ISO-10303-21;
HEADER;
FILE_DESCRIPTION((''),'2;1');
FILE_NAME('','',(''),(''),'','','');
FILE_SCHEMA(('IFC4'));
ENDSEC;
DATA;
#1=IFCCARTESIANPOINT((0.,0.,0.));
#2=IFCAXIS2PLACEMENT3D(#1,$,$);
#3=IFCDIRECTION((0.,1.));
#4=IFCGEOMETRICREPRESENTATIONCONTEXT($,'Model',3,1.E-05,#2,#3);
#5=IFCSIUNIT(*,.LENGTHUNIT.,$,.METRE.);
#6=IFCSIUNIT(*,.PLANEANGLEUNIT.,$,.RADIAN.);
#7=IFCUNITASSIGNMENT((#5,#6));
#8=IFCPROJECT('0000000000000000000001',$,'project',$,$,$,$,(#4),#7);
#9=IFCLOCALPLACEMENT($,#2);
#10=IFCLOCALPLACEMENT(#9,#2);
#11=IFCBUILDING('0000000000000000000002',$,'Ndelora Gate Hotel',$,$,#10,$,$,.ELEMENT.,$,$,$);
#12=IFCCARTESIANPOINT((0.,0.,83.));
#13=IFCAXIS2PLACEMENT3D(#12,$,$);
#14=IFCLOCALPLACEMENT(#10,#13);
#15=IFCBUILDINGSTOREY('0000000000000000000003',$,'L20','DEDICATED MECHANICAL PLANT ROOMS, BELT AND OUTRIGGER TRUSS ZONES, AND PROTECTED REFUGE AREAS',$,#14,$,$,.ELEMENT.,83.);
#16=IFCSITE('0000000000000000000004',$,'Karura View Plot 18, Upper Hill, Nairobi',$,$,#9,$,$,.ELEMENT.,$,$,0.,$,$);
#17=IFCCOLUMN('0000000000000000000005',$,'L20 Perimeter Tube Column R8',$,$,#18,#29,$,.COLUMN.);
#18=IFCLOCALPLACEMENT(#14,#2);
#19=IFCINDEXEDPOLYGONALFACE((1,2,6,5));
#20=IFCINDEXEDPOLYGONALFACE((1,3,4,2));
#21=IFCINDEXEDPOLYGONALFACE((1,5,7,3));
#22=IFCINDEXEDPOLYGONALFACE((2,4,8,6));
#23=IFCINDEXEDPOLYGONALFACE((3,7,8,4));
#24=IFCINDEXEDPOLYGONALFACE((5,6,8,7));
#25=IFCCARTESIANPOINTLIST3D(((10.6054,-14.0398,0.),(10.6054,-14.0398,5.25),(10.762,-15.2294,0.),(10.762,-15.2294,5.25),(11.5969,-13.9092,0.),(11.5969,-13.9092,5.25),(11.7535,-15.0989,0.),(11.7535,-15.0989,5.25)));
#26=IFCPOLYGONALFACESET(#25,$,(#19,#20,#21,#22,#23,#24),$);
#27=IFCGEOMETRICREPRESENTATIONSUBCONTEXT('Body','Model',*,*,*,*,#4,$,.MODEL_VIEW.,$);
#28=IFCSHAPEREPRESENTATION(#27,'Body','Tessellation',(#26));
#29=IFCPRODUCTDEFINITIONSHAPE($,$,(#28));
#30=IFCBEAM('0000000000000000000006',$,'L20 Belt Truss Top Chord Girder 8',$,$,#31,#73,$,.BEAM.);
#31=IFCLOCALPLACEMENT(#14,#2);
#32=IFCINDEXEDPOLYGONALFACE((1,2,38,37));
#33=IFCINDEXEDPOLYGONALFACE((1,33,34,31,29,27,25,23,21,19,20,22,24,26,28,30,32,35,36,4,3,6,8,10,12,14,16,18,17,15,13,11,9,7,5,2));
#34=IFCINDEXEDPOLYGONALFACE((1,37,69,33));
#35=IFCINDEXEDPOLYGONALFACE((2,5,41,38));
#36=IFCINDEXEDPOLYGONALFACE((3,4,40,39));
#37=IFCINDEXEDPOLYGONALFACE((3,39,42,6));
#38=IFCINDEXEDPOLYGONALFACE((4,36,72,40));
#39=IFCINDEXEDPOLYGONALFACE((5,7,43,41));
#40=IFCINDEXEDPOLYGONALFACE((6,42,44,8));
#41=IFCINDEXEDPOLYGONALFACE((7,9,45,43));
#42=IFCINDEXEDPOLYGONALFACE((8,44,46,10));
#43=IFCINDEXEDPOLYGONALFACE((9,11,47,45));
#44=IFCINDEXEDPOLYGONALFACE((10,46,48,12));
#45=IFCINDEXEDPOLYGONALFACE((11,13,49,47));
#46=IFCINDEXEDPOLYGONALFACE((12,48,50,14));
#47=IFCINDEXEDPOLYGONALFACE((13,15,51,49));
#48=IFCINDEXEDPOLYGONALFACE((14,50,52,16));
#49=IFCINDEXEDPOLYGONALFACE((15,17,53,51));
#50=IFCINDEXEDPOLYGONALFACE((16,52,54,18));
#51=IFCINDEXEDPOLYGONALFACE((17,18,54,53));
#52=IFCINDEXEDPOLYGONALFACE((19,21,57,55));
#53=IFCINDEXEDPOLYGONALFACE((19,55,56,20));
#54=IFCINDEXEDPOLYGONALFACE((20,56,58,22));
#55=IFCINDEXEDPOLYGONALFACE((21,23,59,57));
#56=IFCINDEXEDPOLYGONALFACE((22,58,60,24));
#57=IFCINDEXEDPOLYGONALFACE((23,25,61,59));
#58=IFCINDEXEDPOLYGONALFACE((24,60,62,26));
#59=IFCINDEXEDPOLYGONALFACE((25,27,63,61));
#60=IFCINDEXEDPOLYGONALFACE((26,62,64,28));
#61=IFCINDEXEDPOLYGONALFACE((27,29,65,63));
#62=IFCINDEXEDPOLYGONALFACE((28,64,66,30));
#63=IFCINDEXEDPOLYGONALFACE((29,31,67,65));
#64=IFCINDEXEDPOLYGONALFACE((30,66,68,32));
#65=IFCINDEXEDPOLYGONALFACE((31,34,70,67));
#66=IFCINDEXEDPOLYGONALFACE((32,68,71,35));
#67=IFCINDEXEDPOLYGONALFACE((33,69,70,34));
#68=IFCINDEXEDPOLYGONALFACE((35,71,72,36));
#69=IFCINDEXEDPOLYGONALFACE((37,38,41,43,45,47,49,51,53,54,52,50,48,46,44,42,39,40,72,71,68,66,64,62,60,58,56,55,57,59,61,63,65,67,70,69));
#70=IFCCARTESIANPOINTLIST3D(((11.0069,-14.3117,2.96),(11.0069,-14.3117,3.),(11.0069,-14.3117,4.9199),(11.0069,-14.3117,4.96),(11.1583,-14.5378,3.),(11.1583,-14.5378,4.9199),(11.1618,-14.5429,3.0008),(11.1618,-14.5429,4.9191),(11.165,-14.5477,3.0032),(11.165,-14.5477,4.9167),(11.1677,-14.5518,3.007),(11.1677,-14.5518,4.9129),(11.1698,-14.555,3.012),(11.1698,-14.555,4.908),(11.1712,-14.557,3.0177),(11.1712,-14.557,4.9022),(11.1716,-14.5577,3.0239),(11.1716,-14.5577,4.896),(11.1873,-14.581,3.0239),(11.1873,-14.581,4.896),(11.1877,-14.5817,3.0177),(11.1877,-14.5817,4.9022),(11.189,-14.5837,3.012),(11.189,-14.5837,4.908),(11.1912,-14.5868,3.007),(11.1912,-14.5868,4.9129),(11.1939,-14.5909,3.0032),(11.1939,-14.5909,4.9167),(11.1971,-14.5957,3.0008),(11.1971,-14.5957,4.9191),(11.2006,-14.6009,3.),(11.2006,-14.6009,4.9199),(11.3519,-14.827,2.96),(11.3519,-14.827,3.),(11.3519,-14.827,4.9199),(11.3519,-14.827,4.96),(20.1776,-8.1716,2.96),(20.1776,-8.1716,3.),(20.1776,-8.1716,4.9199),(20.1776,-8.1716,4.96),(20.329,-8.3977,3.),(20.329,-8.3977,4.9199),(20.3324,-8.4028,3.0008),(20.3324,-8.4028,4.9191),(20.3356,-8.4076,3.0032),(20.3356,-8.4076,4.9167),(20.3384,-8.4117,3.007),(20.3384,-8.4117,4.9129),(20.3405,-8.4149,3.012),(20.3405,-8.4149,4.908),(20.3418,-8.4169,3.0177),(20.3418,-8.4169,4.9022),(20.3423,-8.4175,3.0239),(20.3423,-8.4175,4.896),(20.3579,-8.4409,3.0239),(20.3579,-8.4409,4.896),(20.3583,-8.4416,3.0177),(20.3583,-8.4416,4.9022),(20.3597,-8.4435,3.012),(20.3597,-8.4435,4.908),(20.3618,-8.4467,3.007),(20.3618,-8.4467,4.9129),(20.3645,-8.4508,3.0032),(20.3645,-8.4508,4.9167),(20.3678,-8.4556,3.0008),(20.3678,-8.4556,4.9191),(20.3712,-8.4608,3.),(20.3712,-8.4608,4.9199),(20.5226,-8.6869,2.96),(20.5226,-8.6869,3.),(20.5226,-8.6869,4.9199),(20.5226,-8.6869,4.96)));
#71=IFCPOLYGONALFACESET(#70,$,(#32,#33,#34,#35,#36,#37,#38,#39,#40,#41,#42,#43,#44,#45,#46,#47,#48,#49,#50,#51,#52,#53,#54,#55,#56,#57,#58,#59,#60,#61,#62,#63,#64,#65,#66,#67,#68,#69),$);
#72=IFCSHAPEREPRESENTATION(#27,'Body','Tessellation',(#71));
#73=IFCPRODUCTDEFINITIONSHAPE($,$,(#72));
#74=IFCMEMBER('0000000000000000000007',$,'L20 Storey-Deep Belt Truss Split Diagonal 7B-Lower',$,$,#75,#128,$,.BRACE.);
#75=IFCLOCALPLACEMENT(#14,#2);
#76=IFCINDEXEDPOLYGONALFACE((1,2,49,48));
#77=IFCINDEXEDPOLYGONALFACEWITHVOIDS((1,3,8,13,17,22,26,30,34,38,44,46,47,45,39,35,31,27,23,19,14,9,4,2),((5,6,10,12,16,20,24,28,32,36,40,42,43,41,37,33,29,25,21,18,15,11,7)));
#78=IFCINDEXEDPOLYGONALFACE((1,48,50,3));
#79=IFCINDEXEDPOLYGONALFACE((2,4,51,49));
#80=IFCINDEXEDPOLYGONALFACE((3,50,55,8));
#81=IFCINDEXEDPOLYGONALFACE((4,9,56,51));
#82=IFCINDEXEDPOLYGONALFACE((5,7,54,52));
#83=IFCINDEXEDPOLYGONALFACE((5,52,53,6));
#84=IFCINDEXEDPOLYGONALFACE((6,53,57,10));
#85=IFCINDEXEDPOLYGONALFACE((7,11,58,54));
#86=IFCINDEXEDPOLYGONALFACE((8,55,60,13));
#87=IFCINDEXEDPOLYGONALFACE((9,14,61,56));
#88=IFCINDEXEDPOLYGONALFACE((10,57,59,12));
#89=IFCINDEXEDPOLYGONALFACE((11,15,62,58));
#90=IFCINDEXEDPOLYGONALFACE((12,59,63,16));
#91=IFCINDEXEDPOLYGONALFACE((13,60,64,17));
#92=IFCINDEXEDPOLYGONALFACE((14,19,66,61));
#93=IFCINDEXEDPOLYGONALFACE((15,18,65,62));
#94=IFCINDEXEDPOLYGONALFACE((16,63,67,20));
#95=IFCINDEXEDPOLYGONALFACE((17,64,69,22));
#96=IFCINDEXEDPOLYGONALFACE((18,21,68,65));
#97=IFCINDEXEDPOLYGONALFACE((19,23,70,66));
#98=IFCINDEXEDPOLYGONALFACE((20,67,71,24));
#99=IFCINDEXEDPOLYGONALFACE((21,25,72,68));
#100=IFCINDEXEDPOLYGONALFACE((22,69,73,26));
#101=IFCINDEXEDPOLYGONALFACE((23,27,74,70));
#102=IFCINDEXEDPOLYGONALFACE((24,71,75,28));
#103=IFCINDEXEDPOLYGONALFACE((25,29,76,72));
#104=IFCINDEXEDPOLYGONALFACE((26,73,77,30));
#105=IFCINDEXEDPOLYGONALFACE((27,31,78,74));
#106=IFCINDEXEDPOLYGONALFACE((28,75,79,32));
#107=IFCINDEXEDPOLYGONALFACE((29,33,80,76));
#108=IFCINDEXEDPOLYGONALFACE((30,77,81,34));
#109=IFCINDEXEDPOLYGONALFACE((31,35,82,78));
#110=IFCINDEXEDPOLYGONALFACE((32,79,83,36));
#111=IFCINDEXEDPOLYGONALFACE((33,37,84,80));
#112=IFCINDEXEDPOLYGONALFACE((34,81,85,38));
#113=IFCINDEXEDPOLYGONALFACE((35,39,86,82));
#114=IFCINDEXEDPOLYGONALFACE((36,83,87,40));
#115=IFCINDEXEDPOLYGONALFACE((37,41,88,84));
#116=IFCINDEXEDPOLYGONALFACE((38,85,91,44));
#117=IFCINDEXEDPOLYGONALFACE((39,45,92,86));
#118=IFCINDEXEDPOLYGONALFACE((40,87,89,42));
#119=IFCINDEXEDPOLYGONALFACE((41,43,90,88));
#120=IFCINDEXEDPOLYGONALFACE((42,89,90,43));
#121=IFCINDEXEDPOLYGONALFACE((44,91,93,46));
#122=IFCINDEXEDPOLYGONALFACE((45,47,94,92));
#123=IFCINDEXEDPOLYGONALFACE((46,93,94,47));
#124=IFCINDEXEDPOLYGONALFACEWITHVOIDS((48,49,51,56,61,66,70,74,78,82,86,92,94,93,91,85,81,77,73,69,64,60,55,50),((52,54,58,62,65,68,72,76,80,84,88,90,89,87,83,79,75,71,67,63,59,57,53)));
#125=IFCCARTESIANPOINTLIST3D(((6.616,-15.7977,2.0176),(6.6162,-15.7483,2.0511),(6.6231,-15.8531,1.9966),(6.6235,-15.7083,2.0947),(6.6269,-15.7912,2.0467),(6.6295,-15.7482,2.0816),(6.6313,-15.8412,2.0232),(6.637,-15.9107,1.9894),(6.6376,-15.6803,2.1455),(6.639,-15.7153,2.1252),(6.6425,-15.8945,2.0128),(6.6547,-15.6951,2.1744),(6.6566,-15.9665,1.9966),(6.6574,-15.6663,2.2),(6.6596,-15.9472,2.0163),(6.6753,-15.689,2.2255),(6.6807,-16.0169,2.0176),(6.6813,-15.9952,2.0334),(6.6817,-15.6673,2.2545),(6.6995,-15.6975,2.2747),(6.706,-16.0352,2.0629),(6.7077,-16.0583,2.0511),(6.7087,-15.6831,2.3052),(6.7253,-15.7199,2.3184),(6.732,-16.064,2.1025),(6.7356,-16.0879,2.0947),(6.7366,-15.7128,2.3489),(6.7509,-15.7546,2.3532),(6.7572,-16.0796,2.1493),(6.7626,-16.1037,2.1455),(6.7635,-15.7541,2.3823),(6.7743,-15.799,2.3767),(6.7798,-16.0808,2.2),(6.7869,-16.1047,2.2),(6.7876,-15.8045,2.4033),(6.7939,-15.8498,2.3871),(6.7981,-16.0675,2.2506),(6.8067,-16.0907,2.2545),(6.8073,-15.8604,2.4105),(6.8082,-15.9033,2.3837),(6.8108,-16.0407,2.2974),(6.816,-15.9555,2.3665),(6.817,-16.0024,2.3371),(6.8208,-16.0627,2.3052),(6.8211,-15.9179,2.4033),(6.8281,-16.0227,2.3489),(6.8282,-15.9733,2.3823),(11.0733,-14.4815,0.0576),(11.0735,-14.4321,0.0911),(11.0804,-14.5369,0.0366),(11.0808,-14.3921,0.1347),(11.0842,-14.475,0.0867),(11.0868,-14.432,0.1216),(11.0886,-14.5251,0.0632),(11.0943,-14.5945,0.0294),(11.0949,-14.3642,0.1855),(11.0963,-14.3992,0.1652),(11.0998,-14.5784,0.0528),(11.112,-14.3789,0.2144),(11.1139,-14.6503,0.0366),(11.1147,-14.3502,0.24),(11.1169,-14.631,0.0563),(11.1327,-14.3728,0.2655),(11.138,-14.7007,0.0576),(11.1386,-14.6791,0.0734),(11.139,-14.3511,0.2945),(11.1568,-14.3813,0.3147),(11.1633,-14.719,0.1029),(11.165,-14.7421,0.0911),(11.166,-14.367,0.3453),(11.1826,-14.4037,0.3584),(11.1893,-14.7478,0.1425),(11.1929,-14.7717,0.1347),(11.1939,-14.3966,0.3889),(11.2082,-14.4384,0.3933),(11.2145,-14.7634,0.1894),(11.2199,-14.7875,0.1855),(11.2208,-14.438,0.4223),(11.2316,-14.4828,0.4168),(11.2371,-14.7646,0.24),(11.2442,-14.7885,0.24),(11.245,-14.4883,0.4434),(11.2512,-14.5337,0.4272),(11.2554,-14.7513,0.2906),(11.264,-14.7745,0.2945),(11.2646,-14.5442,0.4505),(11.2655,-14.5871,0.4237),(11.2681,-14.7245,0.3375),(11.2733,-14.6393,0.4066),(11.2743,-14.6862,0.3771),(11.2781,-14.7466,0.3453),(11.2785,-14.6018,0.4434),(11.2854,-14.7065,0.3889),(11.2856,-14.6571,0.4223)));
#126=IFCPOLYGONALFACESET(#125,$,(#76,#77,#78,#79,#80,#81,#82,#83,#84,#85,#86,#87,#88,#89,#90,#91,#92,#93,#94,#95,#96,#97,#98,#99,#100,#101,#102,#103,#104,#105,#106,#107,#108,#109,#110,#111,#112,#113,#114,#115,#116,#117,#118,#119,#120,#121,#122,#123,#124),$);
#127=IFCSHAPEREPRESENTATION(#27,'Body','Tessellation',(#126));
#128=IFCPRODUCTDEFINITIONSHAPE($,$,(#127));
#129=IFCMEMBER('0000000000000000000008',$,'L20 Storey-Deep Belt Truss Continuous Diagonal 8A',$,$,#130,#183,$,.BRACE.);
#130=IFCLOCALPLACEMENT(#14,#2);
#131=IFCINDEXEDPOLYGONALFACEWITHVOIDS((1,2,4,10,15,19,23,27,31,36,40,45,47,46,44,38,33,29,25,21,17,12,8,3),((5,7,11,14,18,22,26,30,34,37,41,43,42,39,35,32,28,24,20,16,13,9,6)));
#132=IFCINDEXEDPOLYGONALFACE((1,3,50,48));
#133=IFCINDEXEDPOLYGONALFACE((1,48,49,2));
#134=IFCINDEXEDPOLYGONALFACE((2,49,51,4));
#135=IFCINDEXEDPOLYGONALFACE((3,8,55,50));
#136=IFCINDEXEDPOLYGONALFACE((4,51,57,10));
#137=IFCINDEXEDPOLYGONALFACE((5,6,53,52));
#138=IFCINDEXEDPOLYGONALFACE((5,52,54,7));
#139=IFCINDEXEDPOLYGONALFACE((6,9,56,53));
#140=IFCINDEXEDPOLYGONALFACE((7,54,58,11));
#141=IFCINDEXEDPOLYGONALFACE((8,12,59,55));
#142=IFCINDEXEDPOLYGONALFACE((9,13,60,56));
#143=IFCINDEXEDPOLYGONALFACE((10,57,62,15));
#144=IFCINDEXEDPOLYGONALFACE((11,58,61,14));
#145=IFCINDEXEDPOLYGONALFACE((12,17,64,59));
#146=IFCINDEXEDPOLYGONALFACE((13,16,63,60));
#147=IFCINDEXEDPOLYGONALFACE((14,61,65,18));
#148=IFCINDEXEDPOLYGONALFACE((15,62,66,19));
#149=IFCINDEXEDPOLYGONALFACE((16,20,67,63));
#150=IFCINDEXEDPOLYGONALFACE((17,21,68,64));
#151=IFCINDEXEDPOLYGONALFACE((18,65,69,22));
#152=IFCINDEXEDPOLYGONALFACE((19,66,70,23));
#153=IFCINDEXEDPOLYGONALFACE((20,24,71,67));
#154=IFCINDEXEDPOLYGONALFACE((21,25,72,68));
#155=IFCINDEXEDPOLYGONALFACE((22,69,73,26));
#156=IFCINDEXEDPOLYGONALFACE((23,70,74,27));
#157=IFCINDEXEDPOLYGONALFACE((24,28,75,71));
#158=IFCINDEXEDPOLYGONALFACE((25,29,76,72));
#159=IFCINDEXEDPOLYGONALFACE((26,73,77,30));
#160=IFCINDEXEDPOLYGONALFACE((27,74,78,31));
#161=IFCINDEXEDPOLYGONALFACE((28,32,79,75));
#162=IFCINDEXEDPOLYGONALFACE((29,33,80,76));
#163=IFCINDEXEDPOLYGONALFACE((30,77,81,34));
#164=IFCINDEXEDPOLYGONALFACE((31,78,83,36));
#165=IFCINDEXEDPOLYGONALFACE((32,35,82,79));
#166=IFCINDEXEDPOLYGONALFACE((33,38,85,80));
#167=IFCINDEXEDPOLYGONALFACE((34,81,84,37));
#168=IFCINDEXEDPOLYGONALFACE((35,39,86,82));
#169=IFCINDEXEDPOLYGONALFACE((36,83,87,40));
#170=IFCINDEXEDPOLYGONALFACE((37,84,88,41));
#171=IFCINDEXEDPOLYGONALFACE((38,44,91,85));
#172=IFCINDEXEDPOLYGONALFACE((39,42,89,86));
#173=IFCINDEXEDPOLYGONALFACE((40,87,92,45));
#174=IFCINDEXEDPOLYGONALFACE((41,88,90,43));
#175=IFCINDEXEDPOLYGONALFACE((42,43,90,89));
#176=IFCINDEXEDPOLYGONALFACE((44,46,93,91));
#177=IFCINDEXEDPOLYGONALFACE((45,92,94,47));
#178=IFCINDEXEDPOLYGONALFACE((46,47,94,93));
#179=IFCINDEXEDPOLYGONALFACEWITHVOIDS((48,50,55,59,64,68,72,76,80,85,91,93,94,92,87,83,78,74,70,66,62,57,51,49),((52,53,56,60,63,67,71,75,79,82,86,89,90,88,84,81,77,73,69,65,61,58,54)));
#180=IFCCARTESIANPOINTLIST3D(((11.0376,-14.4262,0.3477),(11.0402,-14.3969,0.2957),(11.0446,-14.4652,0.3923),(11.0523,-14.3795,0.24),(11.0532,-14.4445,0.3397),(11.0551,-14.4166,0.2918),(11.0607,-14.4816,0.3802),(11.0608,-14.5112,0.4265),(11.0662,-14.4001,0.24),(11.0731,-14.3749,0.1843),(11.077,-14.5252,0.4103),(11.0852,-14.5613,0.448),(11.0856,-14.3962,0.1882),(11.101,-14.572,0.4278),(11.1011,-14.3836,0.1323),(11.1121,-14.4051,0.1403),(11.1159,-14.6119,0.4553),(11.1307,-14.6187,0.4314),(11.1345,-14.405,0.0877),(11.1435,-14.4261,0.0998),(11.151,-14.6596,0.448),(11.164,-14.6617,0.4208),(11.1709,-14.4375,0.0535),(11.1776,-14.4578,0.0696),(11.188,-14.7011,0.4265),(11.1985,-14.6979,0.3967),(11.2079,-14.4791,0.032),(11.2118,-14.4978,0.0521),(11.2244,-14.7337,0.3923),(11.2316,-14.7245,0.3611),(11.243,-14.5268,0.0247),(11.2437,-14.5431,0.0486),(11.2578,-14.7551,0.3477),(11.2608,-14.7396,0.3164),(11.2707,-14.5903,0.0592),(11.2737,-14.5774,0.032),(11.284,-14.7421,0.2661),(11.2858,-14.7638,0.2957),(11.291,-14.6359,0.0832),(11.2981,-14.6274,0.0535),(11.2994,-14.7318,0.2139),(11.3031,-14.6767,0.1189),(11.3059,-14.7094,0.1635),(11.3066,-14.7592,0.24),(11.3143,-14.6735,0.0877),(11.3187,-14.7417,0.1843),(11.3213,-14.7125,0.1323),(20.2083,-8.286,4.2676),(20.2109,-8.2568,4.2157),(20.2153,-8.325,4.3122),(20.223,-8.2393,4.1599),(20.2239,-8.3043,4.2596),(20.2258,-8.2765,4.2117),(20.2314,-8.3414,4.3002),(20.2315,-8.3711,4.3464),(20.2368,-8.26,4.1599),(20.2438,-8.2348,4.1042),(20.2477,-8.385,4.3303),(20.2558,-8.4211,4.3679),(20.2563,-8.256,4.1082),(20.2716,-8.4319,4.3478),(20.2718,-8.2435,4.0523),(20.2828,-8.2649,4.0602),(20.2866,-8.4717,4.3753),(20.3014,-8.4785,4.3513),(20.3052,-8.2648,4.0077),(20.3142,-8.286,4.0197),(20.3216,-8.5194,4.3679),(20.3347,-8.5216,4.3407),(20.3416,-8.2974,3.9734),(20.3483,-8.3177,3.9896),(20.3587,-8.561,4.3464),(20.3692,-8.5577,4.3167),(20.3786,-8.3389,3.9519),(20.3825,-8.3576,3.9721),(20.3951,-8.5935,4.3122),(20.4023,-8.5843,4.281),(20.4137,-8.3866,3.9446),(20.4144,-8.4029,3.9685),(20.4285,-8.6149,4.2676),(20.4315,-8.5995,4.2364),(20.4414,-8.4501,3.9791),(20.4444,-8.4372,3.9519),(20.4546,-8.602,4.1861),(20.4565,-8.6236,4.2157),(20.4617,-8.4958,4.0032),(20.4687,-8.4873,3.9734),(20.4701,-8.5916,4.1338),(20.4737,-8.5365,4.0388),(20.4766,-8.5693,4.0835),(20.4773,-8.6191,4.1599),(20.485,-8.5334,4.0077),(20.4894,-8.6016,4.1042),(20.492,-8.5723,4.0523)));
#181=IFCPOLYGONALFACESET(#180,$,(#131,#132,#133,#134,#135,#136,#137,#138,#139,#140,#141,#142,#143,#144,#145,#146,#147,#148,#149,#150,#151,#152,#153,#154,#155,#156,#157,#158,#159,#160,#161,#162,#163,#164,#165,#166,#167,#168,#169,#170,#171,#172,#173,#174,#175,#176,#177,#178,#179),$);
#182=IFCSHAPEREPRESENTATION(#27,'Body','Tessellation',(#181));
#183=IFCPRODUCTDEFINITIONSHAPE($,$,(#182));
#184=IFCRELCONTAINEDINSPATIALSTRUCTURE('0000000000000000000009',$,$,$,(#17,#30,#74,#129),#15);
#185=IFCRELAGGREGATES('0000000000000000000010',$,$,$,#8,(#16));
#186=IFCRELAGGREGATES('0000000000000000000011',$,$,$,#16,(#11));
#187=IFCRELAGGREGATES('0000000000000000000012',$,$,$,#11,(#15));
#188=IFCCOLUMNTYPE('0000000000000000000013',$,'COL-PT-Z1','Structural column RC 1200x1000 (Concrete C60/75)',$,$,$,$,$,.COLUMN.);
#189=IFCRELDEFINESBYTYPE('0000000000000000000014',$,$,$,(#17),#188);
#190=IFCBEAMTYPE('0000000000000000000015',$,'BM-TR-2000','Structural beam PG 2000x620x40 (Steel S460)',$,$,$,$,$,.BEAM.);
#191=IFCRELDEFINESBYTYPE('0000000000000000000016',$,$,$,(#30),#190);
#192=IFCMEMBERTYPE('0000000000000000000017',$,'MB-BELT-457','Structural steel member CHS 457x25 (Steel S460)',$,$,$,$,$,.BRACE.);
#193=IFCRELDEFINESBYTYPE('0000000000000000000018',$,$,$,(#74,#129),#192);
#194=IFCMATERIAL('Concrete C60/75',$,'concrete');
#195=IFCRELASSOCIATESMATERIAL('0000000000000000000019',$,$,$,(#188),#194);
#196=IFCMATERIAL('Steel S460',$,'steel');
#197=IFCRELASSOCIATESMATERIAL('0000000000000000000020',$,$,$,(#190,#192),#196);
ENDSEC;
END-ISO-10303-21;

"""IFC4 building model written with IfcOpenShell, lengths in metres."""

from ifc_helpers import new_model, si_unit, direction, frame, origin, origin_2d, place, context, subcontext, project, spatial, rectangle, hollow_circle, i_section, extrude, material, material_profile, profile_set, type_object, element, save


model = new_model("IFC4")

# Units and contexts
model_context = context("Model", 3, precision=1e-05, world=origin(), true_north=direction((0.0, 1.0)))
body_context = subcontext(model_context, "Body", "Model", "MODEL_VIEW")
ifc_project = project(units=[si_unit("LENGTHUNIT", "METRE"), si_unit("PLANEANGLEUNIT", "RADIAN")], contexts=[model_context])

# Site, building, storey
site_placement = place(None, origin())
site = spatial("IfcSite", under=ifc_project, at=site_placement, Name="Karura View Plot 18, Upper Hill, Nairobi", CompositionType="ELEMENT", RefElevation=0.0)
building_placement = place(site_placement, origin())
building = spatial("IfcBuilding", under=site, at=building_placement, Name="Ndelora Gate Hotel", CompositionType="ELEMENT")
storey_placement = place(building_placement, frame((0.0, 0.0, 83.0)))
storey = spatial("IfcBuildingStorey", under=building, at=storey_placement, Name="L20", Description="DEDICATED MECHANICAL PLANT ROOMS, BELT AND OUTRIGGER TRUSS ZONES, AND PROTECTED REFUGE AREAS", CompositionType="ELEMENT", Elevation=83.0)

# Column
ifc_material_1 = material(Name="Concrete C60/75", Category="concrete")
ifc_material_profile_1 = material_profile(ifc_material_1, rectangle(XDim=1.0, YDim=1.2, at=origin_2d()), Name="RC 1200x1000")
ifc_profile_set_1 = profile_set([ifc_material_profile_1], Name="Concrete C60/75")
column_type = type_object("IfcColumnType", Name="COL-PT-Z1", Description="Structural column RC 1200x1000 (Concrete C60/75)", PredefinedType="COLUMN", material=ifc_profile_set_1)
column_placement = place(storey_placement, frame((11.1794, -14.5693, 0.0), z_axis=(0.0, 0.0, 1.0), x_axis=(0.991445, 0.130526, 0.0)))
element("IfcColumn", 1, at=column_placement, inside=storey, type_object=column_type, Name="L20 Perimeter Tube Column R8", PredefinedType="COLUMN", context=body_context, shape_type="SweptSolid", body=[
    extrude(rectangle(XDim=1.0, YDim=1.2, at=origin_2d()), origin(), (0.0, 0.0, 1.0), 5.25),
])

# Beam
ifc_material_2 = material(Name="Steel S460", Category="steel")
ifc_material_profile_2 = material_profile(ifc_material_2, i_section(OverallWidth=0.6201, OverallDepth=2.0, WebThickness=0.0281, FlangeThickness=0.04, FilletRadius=0.0239, at=origin_2d()), Name="PG 2000x620x40")
ifc_profile_set_2 = profile_set([ifc_material_profile_2], Name="Steel S460")
beam_type = type_object("IfcBeamType", Name="BM-TR-2000", Description="Structural beam PG 2000x620x40 (Steel S460)", PredefinedType="BEAM", material=ifc_profile_set_2)
beam_placement = place(storey_placement, frame((11.1794, -14.5693, 3.96), z_axis=(0.830946, 0.556353, 0.0), x_axis=(-0.556353, 0.830946, 0.0)))
element("IfcBeam", 2, at=beam_placement, inside=storey, type_object=beam_type, Name="L20 Belt Truss Top Chord Girder 8", PredefinedType="BEAM", context=body_context, shape_type="SweptSolid", body=[
    extrude(i_section(OverallWidth=0.6201, OverallDepth=2.0, WebThickness=0.0281, FlangeThickness=0.04, FilletRadius=0.0239, at=origin_2d()), origin(), (0.0, 0.0, 1.0), 11.0364),
])

# Members
ifc_material_profile_3 = material_profile(ifc_material_2, hollow_circle(Radius=0.2285, WallThickness=0.0249, at=origin_2d()), Name="CHS 457x25")
ifc_profile_set_3 = profile_set([ifc_material_profile_3], Name="Steel S460")
member_type_1 = type_object("IfcMemberType", Name="MB-BELT-457", Description="Structural steel member CHS 457x25 (Steel S460)", PredefinedType="BRACE", material=ifc_profile_set_3)
member_1_placement = place(storey_placement, frame((11.1794, -14.5693, 0.24), z_axis=(-0.883694, -0.260941, 0.38858), x_axis=(0.283196, -0.959062, 0.0)))
element("IfcMember", 3, at=member_1_placement, inside=storey, type_object=member_type_1, Name="L20 Storey-Deep Belt Truss Split Diagonal 7B-Lower", PredefinedType="BRACE", context=body_context, shape_type="SweptSolid", body=[
    extrude(hollow_circle(Radius=0.2285, WallThickness=0.0249, at=origin_2d()), origin(), (0.0, 0.0, 1.0), 5.0439),
])
member_2_placement = place(storey_placement, frame((11.1794, -14.5693, 0.24), z_axis=(0.783022, 0.524266, 0.334696), x_axis=(-0.556353, 0.830946, 0.0)))
element("IfcMember", 4, at=member_2_placement, inside=storey, type_object=member_type_1, Name="L20 Storey-Deep Belt Truss Continuous Diagonal 8A", PredefinedType="BRACE", context=body_context, shape_type="SweptSolid", body=[
    extrude(hollow_circle(Radius=0.2285, WallThickness=0.0249, at=origin_2d()), origin(), (0.0, 0.0, 1.0), 11.7119),
])

save(model, "model.ifc")
